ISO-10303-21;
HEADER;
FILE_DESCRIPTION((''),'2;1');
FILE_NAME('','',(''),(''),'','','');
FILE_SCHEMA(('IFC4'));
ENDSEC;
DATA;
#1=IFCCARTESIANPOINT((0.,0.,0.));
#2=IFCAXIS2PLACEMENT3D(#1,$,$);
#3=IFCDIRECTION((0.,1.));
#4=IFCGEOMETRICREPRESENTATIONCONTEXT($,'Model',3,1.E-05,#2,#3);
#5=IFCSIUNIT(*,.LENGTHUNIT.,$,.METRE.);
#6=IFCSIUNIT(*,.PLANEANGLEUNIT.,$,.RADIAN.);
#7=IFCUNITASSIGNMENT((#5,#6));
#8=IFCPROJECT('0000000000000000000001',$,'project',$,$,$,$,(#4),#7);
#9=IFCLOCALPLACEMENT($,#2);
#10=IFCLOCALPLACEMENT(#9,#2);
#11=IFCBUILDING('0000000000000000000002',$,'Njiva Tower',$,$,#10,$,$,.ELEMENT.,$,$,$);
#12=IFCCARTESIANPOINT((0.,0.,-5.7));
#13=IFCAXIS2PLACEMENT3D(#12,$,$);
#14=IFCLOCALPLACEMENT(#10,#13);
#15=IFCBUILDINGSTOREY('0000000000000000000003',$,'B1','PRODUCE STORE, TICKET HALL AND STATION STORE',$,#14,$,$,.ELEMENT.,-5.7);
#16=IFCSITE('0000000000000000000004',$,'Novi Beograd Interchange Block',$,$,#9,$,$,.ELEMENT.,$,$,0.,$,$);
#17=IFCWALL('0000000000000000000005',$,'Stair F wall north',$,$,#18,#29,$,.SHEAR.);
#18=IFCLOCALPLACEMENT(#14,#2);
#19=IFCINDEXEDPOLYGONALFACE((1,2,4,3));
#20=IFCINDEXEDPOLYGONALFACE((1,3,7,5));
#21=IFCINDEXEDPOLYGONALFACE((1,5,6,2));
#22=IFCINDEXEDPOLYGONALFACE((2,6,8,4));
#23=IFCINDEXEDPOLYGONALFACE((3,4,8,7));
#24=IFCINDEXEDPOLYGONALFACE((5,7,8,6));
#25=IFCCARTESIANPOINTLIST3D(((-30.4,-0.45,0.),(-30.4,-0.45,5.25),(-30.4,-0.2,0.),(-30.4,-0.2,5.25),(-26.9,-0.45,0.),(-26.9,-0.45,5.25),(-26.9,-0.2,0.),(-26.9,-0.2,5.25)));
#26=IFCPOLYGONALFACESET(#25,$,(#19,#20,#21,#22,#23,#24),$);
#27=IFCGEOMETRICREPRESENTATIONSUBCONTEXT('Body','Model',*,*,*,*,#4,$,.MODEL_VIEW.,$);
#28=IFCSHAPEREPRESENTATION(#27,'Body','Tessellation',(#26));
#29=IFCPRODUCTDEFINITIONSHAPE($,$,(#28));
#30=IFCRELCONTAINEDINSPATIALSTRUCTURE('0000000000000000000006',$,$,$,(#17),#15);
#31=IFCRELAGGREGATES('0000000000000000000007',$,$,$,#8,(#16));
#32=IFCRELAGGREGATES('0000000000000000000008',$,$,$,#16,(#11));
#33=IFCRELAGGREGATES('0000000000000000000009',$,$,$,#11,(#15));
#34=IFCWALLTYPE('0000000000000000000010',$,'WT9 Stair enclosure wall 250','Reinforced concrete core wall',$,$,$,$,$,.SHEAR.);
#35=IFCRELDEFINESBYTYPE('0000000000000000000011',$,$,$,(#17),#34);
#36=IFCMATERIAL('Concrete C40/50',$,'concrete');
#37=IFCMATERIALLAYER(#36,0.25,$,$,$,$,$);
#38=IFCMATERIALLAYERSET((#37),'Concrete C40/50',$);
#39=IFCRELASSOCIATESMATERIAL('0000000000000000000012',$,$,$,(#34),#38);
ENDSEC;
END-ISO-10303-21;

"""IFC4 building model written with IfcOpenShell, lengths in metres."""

from ifc_helpers import new_model, si_unit, direction, frame, frame_2d, origin, place, context, subcontext, project, spatial, rectangle, extrude, material, layer, layer_set, type_object, element, save


model = new_model("IFC4")

# Units and contexts
model_context = context("Model", 3, precision=1e-05, world=origin(), true_north=direction((0.0, 1.0)))
body_context = subcontext(model_context, "Body", "Model", "MODEL_VIEW")
ifc_project = project(units=[si_unit("LENGTHUNIT", "METRE"), si_unit("PLANEANGLEUNIT", "RADIAN")], contexts=[model_context])

# Site, building, storey
site_placement = place(None, origin())
site = spatial("IfcSite", under=ifc_project, at=site_placement, Name="Novi Beograd Interchange Block", CompositionType="ELEMENT", RefElevation=0.0)
building_placement = place(site_placement, origin())
building = spatial("IfcBuilding", under=site, at=building_placement, Name="Njiva Tower", CompositionType="ELEMENT")
storey_placement = place(building_placement, frame((0.0, 0.0, -5.7)))
storey = spatial("IfcBuildingStorey", under=building, at=storey_placement, Name="B1", Description="PRODUCE STORE, TICKET HALL AND STATION STORE", CompositionType="ELEMENT", Elevation=-5.7)

# Wall
ifc_material_1 = material(Name="Concrete C40/50", Category="concrete")
ifc_layer_1 = layer(ifc_material_1, 0.25)
ifc_layer_set_1 = layer_set([ifc_layer_1], Name="Concrete C40/50")
wall_type_1 = type_object("IfcWallType", Name="WT9 Stair enclosure wall 250", Description="Reinforced concrete core wall", PredefinedType="SHEAR", material=ifc_layer_set_1)
wall_1_placement = place(storey_placement, frame((-30.4, -0.325, 0.0), z_axis=(0.0, 0.0, 1.0), x_axis=(1.0, 0.0, 0.0)))
element("IfcWall", 1, at=wall_1_placement, inside=storey, type_object=wall_type_1, Name="Stair F wall north", PredefinedType="SHEAR", context=body_context, shape_type="SweptSolid", body=[
    extrude(rectangle(XDim=3.5, YDim=0.25, at=frame_2d((1.75, 0.0))), origin(), (0.0, 0.0, 1.0), 5.25),
])

save(model, "model.ifc")
